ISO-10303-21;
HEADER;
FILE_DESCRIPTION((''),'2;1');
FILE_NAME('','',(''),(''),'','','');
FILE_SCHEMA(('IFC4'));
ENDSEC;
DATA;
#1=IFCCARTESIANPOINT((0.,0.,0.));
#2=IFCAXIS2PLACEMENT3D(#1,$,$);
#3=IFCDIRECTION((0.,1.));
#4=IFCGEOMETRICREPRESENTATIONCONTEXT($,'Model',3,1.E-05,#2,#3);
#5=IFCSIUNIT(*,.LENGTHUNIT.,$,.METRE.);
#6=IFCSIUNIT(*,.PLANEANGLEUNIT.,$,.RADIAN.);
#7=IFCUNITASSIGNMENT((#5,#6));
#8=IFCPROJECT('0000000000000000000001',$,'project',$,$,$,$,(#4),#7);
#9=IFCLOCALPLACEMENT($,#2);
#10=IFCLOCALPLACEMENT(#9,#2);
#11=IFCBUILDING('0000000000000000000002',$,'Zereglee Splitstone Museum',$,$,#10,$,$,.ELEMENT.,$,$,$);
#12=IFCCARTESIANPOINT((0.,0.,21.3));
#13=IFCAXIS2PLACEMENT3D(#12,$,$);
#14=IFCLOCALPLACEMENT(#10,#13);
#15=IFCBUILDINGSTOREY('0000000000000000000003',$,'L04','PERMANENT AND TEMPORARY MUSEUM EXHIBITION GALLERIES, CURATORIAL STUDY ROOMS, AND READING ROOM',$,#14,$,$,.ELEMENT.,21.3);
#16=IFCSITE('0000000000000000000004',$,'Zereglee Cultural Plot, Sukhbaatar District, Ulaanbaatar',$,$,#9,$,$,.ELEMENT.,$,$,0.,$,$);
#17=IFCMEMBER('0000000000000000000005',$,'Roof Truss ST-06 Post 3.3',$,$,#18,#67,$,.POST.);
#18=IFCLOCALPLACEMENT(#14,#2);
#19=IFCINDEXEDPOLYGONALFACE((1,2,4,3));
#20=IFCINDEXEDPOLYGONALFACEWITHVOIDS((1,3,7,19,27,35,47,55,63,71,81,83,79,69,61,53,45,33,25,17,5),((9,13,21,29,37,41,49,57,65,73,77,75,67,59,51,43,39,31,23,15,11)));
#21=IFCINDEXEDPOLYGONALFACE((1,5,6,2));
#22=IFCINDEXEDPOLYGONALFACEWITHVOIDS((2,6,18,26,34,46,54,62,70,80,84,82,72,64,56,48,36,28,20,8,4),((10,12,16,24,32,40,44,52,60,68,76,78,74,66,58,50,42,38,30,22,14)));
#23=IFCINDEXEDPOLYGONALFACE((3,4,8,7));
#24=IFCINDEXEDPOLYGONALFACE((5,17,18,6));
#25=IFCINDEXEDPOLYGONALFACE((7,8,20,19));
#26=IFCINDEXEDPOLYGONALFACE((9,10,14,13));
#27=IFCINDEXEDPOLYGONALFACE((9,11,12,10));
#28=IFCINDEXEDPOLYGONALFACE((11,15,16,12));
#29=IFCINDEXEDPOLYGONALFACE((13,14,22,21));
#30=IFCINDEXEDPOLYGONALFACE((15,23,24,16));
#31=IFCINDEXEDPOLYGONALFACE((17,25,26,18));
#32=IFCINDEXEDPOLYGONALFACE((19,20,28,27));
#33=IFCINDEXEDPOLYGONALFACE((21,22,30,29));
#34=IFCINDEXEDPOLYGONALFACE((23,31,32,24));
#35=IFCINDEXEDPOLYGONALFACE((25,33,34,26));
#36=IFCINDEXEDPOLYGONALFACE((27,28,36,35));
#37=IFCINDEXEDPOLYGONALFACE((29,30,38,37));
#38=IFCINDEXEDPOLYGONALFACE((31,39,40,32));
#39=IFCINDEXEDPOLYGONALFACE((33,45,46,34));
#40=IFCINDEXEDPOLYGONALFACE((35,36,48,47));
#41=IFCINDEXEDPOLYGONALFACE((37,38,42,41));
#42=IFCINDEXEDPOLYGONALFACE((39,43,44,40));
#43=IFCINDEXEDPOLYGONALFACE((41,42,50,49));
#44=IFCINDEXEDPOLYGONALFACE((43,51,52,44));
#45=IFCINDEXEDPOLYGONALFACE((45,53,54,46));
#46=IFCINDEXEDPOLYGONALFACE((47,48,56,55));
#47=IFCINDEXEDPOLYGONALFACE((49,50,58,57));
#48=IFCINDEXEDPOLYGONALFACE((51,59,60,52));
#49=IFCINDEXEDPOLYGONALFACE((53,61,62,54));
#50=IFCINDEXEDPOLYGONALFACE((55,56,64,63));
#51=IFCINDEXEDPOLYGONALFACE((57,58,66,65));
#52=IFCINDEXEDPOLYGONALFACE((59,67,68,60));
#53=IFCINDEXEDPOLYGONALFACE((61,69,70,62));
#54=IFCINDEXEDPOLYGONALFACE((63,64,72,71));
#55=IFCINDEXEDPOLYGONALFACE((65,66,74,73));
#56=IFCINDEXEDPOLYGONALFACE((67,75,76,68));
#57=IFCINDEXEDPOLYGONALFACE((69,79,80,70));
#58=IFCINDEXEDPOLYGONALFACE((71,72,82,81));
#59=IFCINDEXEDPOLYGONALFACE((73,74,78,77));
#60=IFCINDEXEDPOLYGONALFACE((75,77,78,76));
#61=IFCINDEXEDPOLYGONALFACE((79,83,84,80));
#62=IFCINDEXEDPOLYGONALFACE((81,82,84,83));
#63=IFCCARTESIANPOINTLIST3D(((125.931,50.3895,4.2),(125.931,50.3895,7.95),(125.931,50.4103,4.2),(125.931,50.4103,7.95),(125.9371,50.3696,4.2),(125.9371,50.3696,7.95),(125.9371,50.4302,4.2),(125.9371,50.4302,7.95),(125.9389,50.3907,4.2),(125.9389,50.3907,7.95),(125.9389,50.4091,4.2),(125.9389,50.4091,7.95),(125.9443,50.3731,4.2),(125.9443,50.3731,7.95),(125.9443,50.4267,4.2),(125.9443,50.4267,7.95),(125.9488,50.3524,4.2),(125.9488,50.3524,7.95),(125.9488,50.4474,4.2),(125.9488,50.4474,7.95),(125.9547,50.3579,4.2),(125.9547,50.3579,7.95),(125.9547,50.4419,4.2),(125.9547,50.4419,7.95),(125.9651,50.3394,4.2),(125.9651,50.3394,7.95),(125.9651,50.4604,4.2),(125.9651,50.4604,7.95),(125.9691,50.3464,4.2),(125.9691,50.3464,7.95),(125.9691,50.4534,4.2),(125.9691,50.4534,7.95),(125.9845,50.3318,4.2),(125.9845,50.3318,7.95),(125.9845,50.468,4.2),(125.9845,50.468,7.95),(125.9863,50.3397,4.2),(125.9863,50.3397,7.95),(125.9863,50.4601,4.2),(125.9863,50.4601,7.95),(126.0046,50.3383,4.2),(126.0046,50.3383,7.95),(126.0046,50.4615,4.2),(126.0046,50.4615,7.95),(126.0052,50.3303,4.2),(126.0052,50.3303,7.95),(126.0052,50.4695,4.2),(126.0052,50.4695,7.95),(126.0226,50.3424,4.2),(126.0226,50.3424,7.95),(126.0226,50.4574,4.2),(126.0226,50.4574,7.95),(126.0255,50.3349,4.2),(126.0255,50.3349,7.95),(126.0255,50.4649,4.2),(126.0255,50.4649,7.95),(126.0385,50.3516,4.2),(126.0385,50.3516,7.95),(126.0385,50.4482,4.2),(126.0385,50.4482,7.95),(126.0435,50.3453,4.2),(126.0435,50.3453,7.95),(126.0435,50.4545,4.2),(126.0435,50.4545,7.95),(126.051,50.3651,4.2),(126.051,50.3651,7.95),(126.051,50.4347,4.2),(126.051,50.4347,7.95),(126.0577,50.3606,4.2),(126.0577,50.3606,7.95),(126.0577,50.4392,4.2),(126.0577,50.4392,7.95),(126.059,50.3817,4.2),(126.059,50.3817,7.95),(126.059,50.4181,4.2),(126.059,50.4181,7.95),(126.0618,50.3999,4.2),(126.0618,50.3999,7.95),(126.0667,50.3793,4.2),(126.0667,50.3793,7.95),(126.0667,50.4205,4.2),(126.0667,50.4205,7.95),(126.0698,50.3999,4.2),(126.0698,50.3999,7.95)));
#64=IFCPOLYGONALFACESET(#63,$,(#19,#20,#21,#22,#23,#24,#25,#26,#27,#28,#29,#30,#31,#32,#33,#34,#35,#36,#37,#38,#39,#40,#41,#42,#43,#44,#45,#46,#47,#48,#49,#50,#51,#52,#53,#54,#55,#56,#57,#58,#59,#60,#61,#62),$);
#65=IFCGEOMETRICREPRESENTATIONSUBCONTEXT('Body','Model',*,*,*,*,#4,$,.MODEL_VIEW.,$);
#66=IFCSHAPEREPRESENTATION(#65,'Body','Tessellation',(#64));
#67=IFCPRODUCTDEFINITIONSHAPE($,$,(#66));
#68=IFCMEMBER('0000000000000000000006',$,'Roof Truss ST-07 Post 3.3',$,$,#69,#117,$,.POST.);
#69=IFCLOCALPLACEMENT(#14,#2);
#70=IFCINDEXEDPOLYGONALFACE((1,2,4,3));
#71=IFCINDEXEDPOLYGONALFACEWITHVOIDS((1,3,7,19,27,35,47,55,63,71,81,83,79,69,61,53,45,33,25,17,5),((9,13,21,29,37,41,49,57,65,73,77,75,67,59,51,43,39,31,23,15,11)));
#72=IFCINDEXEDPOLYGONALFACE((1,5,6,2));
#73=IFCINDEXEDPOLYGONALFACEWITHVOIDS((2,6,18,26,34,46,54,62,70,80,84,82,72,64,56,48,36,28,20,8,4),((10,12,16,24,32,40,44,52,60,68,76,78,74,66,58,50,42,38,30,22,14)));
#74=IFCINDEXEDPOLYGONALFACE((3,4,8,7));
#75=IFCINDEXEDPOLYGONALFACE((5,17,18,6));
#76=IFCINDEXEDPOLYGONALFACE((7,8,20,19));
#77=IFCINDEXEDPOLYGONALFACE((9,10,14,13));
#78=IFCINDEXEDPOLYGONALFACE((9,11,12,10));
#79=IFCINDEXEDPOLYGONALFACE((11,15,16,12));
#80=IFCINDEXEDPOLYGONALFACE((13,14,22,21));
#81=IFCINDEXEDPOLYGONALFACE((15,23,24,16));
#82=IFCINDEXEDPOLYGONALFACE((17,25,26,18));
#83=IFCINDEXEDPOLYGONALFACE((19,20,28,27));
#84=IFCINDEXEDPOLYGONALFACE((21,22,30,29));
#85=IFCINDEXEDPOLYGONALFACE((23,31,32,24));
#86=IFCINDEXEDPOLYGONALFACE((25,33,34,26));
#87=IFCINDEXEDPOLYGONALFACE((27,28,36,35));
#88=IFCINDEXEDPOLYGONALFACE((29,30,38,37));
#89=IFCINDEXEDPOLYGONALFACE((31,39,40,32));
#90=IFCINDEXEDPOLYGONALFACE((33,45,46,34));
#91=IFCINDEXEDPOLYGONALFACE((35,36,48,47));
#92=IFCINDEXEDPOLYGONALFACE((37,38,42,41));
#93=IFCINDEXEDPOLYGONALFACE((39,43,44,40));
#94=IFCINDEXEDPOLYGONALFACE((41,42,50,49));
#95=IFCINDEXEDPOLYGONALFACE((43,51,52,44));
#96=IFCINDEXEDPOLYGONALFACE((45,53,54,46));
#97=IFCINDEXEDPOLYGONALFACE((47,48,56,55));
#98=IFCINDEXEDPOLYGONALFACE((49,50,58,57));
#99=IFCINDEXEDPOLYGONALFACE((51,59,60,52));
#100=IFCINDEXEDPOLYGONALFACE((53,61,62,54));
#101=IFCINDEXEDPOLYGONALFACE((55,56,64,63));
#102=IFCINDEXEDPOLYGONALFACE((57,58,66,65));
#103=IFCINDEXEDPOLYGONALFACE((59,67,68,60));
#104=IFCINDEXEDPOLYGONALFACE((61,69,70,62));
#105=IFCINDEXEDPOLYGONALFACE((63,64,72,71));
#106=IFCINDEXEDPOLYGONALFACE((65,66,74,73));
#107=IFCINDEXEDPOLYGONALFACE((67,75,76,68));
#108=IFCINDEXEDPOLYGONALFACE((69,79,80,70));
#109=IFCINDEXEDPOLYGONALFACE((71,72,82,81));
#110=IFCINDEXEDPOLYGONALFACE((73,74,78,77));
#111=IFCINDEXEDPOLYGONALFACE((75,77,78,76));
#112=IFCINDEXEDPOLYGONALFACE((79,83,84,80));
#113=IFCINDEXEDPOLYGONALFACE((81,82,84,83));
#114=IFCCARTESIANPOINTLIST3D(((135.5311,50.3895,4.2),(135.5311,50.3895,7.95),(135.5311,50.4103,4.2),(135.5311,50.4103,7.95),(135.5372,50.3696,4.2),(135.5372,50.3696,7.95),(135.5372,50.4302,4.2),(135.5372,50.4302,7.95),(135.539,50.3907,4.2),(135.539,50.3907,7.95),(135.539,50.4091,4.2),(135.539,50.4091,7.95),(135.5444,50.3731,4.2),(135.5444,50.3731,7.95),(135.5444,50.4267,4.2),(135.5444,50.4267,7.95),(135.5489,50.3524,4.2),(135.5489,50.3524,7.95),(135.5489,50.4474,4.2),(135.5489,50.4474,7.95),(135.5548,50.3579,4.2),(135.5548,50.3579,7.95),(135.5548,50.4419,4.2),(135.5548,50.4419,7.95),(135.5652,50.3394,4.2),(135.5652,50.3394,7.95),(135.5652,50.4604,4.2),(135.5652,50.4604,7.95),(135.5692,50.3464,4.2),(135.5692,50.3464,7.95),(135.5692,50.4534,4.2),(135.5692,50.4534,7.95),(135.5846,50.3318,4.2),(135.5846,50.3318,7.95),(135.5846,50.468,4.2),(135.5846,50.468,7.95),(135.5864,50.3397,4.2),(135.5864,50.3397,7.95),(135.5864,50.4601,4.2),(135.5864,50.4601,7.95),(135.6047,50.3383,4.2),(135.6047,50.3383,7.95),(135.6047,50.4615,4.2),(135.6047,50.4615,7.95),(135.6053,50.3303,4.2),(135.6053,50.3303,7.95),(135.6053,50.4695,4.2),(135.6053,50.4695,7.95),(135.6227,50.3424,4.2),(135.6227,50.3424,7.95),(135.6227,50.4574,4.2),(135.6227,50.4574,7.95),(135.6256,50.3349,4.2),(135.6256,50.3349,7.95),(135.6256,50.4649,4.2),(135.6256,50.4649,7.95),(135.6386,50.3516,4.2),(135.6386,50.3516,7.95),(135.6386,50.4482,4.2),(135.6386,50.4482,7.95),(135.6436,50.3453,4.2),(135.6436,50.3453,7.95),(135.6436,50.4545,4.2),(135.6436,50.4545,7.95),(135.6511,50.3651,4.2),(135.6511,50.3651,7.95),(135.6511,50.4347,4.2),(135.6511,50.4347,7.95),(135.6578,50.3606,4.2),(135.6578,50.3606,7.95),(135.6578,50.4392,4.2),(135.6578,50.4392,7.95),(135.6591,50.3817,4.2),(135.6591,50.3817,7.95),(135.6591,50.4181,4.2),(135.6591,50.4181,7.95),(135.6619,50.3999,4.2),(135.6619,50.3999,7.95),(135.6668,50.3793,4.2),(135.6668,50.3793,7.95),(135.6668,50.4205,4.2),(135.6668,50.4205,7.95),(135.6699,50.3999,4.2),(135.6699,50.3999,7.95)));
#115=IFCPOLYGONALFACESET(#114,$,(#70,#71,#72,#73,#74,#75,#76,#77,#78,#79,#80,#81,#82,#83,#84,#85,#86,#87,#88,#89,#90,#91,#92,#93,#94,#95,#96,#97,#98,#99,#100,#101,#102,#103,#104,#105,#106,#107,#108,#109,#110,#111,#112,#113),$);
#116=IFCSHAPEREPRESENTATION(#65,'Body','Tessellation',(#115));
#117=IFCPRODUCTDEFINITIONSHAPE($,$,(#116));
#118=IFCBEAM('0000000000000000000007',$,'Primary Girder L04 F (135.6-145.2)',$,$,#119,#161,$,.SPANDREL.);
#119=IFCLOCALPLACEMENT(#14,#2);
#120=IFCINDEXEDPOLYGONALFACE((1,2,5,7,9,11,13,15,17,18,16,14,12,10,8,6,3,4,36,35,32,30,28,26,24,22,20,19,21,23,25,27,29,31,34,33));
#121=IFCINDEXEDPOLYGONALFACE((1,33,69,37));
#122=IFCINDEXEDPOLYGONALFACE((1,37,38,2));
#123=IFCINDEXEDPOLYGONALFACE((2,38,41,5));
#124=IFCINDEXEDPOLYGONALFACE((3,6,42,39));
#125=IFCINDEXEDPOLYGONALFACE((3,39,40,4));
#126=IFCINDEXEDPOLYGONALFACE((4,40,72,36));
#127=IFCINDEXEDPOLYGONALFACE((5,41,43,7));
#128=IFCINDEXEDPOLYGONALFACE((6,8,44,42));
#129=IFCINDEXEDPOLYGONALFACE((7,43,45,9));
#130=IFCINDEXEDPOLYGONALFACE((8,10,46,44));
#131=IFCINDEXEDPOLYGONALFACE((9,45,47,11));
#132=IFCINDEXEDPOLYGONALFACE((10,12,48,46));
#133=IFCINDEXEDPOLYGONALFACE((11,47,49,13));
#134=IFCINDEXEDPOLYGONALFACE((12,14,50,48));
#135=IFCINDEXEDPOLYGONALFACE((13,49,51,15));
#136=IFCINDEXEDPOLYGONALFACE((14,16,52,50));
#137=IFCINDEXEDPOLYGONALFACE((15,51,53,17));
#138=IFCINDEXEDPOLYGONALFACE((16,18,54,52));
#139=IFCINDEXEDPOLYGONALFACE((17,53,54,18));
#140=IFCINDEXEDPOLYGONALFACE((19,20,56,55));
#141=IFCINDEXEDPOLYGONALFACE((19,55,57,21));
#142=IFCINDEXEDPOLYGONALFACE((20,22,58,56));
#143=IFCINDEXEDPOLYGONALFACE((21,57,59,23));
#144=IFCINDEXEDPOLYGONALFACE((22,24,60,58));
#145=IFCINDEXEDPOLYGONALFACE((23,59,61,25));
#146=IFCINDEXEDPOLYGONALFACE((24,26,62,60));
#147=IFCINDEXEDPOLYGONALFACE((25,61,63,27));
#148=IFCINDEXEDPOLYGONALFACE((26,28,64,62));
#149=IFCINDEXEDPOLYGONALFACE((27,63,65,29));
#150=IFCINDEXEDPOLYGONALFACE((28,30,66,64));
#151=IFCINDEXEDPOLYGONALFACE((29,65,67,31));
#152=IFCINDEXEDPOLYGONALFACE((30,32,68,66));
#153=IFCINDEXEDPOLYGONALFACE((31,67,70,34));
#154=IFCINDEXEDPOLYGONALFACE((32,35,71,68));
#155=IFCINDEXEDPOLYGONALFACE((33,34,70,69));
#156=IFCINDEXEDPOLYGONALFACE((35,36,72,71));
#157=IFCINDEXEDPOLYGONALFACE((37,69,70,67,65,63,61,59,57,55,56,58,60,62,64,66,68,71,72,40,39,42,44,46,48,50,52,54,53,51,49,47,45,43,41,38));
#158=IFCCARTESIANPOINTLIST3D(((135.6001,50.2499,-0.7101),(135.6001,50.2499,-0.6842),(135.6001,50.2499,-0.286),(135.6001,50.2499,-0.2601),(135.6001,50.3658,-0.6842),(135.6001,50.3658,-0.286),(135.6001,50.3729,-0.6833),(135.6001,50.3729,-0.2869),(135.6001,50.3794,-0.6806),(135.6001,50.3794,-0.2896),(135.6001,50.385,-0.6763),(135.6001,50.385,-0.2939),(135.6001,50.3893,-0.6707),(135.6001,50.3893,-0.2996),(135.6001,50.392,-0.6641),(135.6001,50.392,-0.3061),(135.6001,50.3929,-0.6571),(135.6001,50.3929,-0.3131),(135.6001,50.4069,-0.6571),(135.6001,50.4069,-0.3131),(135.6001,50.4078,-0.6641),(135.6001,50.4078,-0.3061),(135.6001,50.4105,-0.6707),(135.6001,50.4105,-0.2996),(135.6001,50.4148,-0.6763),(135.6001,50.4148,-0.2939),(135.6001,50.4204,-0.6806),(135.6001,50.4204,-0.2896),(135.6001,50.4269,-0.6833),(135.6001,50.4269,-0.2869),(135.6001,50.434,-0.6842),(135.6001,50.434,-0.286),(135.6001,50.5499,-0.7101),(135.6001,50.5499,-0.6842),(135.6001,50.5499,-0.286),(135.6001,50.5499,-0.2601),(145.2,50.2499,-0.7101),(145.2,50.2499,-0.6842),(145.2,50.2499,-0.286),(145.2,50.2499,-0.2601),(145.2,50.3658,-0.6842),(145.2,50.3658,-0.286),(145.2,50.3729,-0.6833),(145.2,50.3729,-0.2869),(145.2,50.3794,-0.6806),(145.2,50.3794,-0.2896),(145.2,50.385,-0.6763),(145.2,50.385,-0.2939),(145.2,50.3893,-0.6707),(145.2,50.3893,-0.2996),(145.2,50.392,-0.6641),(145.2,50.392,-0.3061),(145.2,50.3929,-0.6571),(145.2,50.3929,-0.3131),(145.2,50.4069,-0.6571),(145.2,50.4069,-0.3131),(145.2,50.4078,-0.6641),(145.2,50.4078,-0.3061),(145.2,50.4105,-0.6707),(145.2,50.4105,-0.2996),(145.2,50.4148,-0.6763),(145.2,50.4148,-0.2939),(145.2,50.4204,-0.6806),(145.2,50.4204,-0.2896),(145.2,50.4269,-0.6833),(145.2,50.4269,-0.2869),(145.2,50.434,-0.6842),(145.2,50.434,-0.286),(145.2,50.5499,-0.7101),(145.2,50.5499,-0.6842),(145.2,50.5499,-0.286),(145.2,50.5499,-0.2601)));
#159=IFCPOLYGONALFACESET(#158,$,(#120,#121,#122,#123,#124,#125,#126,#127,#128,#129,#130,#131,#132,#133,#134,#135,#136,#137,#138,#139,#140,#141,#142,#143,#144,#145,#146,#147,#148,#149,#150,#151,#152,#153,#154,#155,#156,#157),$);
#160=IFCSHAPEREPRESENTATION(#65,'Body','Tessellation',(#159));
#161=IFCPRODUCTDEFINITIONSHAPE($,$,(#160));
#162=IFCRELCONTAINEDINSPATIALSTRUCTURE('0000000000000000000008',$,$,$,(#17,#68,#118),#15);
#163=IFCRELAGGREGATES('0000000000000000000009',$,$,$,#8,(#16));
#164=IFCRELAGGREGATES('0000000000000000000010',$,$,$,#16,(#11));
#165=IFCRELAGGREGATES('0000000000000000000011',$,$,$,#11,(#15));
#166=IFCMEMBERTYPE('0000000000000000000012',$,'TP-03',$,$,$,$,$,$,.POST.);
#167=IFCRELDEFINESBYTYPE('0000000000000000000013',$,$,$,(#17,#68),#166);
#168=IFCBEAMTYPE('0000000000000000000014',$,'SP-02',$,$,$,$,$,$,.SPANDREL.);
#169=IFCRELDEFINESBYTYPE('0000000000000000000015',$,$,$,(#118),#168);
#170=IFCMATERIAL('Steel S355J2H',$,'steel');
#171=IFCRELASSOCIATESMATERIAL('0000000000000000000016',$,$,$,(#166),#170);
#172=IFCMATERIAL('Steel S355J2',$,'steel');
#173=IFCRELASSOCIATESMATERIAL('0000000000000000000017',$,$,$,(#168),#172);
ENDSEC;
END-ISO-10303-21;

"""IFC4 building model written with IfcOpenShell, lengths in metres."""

from ifc_helpers import new_model, si_unit, direction, frame, origin, origin_2d, place, context, subcontext, project, spatial, hollow_circle, i_section, extrude, material, material_profile, profile_set, type_object, element, save


model = new_model("IFC4")

# Units and contexts
model_context = context("Model", 3, precision=1e-05, world=origin(), true_north=direction((0.0, 1.0)))
body_context = subcontext(model_context, "Body", "Model", "MODEL_VIEW")
ifc_project = project(units=[si_unit("LENGTHUNIT", "METRE"), si_unit("PLANEANGLEUNIT", "RADIAN")], contexts=[model_context])

# Site, building, storey
site_placement = place(None, origin())
site = spatial("IfcSite", under=ifc_project, at=site_placement, Name="Zereglee Cultural Plot, Sukhbaatar District, Ulaanbaatar", CompositionType="ELEMENT", RefElevation=0.0)
building_placement = place(site_placement, origin())
building = spatial("IfcBuilding", under=site, at=building_placement, Name="Zereglee Splitstone Museum", CompositionType="ELEMENT")
storey_placement = place(building_placement, frame((0.0, 0.0, 21.3)))
storey = spatial("IfcBuildingStorey", under=building, at=storey_placement, Name="L04", Description="PERMANENT AND TEMPORARY MUSEUM EXHIBITION GALLERIES, CURATORIAL STUDY ROOMS, AND READING ROOM", CompositionType="ELEMENT", Elevation=21.3)

# Shared definitions
ifc_material_1 = material(Name="Steel S355J2", Category="steel")

# Shared definitions
ifc_material_2 = material(Name="Steel S355J2H", Category="steel")

# Members
ifc_material_profile_1 = material_profile(ifc_material_2, hollow_circle(Radius=0.0698, WallThickness=0.0081, at=origin_2d()), Name="CHS 139.7x8")
ifc_profile_set_1 = profile_set([ifc_material_profile_1], Name="Steel S355J2H")
member_type_1 = type_object("IfcMemberType", Name="TP-03", PredefinedType="POST", material=ifc_profile_set_1)
for number, where, z_axis, x_axis, name in (
    (1, (126.0, 50.3999, 4.2), (0.0, 0.0, 1.0), (1.0, 0.0, 0.0), "Roof Truss ST-06 Post 3.3"),
    (2, (135.6001, 50.3999, 4.2), (0.0, 0.0, 1.0), (1.0, 0.0, 0.0), "Roof Truss ST-07 Post 3.3"),
):
    element("IfcMember", number, at=place(storey_placement, frame(where, z_axis=z_axis, x_axis=x_axis)), inside=storey, type_object=member_type_1, Name=name, PredefinedType="POST", context=body_context, shape_type="SweptSolid", body=[
        extrude(hollow_circle(Radius=0.0698, WallThickness=0.0081, at=origin_2d()), origin(), (0.0, 0.0, 1.0), 3.75),
    ])

# Beam
ifc_material_profile_2 = material_profile(ifc_material_1, i_section(OverallWidth=0.3, OverallDepth=0.45, WebThickness=0.0139, FlangeThickness=0.0259, FilletRadius=0.0271, at=origin_2d()), Name="HE 450 B")
ifc_profile_set_2 = profile_set([ifc_material_profile_2], Name="Steel S355J2")
beam_type_1 = type_object("IfcBeamType", Name="SP-02", PredefinedType="SPANDREL", material=ifc_profile_set_2)
beam_1_placement = place(storey_placement, frame((135.6001, 50.3999, -0.4851), z_axis=(1.0, 0.0, 0.0), x_axis=(0.0, 1.0, 0.0)))
element("IfcBeam", 3, at=beam_1_placement, inside=storey, type_object=beam_type_1, Name="Primary Girder L04 F (135.6-145.2)", PredefinedType="SPANDREL", context=body_context, shape_type="SweptSolid", body=[
    extrude(i_section(OverallWidth=0.3, OverallDepth=0.45, WebThickness=0.0139, FlangeThickness=0.0259, FilletRadius=0.0271, at=origin_2d()), origin(), (0.0, 0.0, 1.0), 9.5999),
])

save(model, "model.ifc")
